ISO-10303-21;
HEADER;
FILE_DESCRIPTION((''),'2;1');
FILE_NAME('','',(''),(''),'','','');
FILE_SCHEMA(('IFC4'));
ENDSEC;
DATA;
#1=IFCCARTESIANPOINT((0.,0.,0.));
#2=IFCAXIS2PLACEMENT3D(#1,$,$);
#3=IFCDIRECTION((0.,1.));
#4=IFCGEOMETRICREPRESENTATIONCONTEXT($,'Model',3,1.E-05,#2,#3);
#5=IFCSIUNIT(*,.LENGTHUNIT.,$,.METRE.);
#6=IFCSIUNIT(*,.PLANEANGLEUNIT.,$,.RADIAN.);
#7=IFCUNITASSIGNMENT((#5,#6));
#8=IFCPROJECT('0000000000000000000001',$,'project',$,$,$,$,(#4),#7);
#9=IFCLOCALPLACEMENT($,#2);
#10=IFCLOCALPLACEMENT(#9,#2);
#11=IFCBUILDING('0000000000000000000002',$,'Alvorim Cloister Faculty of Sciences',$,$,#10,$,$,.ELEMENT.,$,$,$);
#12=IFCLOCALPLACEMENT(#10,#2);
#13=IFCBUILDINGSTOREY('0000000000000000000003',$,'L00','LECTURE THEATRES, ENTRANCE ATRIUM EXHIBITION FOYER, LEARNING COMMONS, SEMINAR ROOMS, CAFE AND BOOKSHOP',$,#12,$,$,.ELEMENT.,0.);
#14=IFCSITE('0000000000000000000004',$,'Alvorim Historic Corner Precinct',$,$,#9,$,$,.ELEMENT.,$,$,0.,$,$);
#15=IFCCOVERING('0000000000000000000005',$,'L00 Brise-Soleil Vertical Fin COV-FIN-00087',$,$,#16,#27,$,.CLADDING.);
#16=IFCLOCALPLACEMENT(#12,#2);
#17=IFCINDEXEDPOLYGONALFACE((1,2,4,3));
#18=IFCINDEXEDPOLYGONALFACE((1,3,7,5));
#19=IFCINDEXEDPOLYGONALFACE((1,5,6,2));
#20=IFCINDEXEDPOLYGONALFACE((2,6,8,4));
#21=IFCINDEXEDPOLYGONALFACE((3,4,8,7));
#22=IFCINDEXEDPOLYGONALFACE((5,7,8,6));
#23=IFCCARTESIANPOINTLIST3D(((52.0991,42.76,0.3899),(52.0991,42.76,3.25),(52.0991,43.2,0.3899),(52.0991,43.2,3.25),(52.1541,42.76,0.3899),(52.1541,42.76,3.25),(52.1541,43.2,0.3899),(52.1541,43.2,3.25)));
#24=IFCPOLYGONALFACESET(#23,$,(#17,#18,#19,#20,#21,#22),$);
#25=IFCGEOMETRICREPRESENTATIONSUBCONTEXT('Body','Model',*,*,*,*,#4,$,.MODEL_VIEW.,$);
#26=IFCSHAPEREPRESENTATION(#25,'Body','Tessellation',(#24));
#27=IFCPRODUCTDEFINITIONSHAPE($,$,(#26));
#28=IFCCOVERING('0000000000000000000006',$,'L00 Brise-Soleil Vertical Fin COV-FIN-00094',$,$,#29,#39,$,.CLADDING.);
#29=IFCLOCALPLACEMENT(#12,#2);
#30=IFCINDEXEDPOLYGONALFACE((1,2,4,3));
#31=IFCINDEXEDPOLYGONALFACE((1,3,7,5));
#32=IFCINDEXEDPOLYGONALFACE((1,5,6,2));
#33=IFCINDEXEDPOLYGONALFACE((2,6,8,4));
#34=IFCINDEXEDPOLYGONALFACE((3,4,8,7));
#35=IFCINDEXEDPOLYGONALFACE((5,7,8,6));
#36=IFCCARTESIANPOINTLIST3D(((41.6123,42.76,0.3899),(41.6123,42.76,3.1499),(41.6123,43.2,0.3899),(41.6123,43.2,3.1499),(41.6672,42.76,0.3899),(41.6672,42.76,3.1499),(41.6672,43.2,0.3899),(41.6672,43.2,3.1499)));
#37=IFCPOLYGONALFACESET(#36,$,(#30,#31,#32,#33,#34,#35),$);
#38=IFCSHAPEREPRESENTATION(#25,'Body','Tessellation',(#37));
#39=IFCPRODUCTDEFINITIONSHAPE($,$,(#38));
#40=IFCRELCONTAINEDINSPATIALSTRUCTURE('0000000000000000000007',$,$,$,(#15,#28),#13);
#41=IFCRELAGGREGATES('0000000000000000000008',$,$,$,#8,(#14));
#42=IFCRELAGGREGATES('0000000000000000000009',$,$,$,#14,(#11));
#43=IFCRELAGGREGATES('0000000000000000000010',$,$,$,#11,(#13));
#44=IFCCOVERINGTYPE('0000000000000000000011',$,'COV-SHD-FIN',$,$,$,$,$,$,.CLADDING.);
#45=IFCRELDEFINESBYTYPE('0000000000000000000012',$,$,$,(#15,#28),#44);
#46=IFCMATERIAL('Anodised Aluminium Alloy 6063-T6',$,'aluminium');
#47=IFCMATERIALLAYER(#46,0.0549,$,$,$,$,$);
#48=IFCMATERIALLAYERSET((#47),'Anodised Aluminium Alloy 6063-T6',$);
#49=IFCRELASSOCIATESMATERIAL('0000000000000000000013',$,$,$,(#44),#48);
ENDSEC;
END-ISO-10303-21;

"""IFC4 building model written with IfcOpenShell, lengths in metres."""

from ifc_helpers import new_model, si_unit, direction, frame, origin, place, context, subcontext, project, spatial, polyline, outline, extrude, material, layer, layer_set, type_object, element, save


model = new_model("IFC4")

# Units and contexts
model_context = context("Model", 3, precision=1e-05, world=origin(), true_north=direction((0.0, 1.0)))
body_context = subcontext(model_context, "Body", "Model", "MODEL_VIEW")
ifc_project = project(units=[si_unit("LENGTHUNIT", "METRE"), si_unit("PLANEANGLEUNIT", "RADIAN")], contexts=[model_context])

# Site, building, storey
site_placement = place(None, origin())
site = spatial("IfcSite", under=ifc_project, at=site_placement, Name="Alvorim Historic Corner Precinct", CompositionType="ELEMENT", RefElevation=0.0)
building_placement = place(site_placement, origin())
building = spatial("IfcBuilding", under=site, at=building_placement, Name="Alvorim Cloister Faculty of Sciences", CompositionType="ELEMENT")
storey_placement = place(building_placement, origin())
storey = spatial("IfcBuildingStorey", under=building, at=storey_placement, Name="L00", Description="LECTURE THEATRES, ENTRANCE ATRIUM EXHIBITION FOYER, LEARNING COMMONS, SEMINAR ROOMS, CAFE AND BOOKSHOP", CompositionType="ELEMENT", Elevation=0.0)

# Coverings
ifc_material_1 = material(Name="Anodised Aluminium Alloy 6063-T6", Category="aluminium")
ifc_layer_1 = layer(ifc_material_1, 0.0549)
ifc_layer_set_1 = layer_set([ifc_layer_1], Name="Anodised Aluminium Alloy 6063-T6")
covering_type = type_object("IfcCoveringType", Name="COV-SHD-FIN", PredefinedType="CLADDING", material=ifc_layer_set_1)
covering_1_placement = place(storey_placement, frame((52.1267, 43.2, 0.3899), z_axis=(0.0, 0.0, 1.0), x_axis=(0.0, -1.0, 0.0)))
element("IfcCovering", 1, at=covering_1_placement, inside=storey, type_object=covering_type, Name="L00 Brise-Soleil Vertical Fin COV-FIN-00087", PredefinedType="CLADDING", context=body_context, shape_type="SweptSolid", body=[
    extrude(outline(polyline([(0.0, 0.0), (0.4399, 0.0), (0.4399, 2.8601), (0.0, 2.8601), (0.0, 0.0)])), frame((0.0, 0.0273, 0.0), z_axis=(0.0, -1.0, 0.0), x_axis=(1.0, 0.0, 0.0)), (0.0, 0.0, 1.0), 0.0549),
])
covering_2_placement = place(storey_placement, frame((41.6399, 43.2, 0.3899), z_axis=(0.0, 0.0, 1.0), x_axis=(0.0, -1.0, 0.0)))
element("IfcCovering", 2, at=covering_2_placement, inside=storey, type_object=covering_type, Name="L00 Brise-Soleil Vertical Fin COV-FIN-00094", PredefinedType="CLADDING", context=body_context, shape_type="SweptSolid", body=[
    extrude(outline(polyline([(0.0, 0.0), (0.4399, 0.0), (0.4399, 2.76), (0.0, 2.76), (0.0, 0.0)])), frame((0.0, 0.0273, 0.0), z_axis=(0.0, -1.0, 0.0), x_axis=(1.0, 0.0, 0.0)), (0.0, 0.0, 1.0), 0.0549),
])

save(model, "model.ifc")
